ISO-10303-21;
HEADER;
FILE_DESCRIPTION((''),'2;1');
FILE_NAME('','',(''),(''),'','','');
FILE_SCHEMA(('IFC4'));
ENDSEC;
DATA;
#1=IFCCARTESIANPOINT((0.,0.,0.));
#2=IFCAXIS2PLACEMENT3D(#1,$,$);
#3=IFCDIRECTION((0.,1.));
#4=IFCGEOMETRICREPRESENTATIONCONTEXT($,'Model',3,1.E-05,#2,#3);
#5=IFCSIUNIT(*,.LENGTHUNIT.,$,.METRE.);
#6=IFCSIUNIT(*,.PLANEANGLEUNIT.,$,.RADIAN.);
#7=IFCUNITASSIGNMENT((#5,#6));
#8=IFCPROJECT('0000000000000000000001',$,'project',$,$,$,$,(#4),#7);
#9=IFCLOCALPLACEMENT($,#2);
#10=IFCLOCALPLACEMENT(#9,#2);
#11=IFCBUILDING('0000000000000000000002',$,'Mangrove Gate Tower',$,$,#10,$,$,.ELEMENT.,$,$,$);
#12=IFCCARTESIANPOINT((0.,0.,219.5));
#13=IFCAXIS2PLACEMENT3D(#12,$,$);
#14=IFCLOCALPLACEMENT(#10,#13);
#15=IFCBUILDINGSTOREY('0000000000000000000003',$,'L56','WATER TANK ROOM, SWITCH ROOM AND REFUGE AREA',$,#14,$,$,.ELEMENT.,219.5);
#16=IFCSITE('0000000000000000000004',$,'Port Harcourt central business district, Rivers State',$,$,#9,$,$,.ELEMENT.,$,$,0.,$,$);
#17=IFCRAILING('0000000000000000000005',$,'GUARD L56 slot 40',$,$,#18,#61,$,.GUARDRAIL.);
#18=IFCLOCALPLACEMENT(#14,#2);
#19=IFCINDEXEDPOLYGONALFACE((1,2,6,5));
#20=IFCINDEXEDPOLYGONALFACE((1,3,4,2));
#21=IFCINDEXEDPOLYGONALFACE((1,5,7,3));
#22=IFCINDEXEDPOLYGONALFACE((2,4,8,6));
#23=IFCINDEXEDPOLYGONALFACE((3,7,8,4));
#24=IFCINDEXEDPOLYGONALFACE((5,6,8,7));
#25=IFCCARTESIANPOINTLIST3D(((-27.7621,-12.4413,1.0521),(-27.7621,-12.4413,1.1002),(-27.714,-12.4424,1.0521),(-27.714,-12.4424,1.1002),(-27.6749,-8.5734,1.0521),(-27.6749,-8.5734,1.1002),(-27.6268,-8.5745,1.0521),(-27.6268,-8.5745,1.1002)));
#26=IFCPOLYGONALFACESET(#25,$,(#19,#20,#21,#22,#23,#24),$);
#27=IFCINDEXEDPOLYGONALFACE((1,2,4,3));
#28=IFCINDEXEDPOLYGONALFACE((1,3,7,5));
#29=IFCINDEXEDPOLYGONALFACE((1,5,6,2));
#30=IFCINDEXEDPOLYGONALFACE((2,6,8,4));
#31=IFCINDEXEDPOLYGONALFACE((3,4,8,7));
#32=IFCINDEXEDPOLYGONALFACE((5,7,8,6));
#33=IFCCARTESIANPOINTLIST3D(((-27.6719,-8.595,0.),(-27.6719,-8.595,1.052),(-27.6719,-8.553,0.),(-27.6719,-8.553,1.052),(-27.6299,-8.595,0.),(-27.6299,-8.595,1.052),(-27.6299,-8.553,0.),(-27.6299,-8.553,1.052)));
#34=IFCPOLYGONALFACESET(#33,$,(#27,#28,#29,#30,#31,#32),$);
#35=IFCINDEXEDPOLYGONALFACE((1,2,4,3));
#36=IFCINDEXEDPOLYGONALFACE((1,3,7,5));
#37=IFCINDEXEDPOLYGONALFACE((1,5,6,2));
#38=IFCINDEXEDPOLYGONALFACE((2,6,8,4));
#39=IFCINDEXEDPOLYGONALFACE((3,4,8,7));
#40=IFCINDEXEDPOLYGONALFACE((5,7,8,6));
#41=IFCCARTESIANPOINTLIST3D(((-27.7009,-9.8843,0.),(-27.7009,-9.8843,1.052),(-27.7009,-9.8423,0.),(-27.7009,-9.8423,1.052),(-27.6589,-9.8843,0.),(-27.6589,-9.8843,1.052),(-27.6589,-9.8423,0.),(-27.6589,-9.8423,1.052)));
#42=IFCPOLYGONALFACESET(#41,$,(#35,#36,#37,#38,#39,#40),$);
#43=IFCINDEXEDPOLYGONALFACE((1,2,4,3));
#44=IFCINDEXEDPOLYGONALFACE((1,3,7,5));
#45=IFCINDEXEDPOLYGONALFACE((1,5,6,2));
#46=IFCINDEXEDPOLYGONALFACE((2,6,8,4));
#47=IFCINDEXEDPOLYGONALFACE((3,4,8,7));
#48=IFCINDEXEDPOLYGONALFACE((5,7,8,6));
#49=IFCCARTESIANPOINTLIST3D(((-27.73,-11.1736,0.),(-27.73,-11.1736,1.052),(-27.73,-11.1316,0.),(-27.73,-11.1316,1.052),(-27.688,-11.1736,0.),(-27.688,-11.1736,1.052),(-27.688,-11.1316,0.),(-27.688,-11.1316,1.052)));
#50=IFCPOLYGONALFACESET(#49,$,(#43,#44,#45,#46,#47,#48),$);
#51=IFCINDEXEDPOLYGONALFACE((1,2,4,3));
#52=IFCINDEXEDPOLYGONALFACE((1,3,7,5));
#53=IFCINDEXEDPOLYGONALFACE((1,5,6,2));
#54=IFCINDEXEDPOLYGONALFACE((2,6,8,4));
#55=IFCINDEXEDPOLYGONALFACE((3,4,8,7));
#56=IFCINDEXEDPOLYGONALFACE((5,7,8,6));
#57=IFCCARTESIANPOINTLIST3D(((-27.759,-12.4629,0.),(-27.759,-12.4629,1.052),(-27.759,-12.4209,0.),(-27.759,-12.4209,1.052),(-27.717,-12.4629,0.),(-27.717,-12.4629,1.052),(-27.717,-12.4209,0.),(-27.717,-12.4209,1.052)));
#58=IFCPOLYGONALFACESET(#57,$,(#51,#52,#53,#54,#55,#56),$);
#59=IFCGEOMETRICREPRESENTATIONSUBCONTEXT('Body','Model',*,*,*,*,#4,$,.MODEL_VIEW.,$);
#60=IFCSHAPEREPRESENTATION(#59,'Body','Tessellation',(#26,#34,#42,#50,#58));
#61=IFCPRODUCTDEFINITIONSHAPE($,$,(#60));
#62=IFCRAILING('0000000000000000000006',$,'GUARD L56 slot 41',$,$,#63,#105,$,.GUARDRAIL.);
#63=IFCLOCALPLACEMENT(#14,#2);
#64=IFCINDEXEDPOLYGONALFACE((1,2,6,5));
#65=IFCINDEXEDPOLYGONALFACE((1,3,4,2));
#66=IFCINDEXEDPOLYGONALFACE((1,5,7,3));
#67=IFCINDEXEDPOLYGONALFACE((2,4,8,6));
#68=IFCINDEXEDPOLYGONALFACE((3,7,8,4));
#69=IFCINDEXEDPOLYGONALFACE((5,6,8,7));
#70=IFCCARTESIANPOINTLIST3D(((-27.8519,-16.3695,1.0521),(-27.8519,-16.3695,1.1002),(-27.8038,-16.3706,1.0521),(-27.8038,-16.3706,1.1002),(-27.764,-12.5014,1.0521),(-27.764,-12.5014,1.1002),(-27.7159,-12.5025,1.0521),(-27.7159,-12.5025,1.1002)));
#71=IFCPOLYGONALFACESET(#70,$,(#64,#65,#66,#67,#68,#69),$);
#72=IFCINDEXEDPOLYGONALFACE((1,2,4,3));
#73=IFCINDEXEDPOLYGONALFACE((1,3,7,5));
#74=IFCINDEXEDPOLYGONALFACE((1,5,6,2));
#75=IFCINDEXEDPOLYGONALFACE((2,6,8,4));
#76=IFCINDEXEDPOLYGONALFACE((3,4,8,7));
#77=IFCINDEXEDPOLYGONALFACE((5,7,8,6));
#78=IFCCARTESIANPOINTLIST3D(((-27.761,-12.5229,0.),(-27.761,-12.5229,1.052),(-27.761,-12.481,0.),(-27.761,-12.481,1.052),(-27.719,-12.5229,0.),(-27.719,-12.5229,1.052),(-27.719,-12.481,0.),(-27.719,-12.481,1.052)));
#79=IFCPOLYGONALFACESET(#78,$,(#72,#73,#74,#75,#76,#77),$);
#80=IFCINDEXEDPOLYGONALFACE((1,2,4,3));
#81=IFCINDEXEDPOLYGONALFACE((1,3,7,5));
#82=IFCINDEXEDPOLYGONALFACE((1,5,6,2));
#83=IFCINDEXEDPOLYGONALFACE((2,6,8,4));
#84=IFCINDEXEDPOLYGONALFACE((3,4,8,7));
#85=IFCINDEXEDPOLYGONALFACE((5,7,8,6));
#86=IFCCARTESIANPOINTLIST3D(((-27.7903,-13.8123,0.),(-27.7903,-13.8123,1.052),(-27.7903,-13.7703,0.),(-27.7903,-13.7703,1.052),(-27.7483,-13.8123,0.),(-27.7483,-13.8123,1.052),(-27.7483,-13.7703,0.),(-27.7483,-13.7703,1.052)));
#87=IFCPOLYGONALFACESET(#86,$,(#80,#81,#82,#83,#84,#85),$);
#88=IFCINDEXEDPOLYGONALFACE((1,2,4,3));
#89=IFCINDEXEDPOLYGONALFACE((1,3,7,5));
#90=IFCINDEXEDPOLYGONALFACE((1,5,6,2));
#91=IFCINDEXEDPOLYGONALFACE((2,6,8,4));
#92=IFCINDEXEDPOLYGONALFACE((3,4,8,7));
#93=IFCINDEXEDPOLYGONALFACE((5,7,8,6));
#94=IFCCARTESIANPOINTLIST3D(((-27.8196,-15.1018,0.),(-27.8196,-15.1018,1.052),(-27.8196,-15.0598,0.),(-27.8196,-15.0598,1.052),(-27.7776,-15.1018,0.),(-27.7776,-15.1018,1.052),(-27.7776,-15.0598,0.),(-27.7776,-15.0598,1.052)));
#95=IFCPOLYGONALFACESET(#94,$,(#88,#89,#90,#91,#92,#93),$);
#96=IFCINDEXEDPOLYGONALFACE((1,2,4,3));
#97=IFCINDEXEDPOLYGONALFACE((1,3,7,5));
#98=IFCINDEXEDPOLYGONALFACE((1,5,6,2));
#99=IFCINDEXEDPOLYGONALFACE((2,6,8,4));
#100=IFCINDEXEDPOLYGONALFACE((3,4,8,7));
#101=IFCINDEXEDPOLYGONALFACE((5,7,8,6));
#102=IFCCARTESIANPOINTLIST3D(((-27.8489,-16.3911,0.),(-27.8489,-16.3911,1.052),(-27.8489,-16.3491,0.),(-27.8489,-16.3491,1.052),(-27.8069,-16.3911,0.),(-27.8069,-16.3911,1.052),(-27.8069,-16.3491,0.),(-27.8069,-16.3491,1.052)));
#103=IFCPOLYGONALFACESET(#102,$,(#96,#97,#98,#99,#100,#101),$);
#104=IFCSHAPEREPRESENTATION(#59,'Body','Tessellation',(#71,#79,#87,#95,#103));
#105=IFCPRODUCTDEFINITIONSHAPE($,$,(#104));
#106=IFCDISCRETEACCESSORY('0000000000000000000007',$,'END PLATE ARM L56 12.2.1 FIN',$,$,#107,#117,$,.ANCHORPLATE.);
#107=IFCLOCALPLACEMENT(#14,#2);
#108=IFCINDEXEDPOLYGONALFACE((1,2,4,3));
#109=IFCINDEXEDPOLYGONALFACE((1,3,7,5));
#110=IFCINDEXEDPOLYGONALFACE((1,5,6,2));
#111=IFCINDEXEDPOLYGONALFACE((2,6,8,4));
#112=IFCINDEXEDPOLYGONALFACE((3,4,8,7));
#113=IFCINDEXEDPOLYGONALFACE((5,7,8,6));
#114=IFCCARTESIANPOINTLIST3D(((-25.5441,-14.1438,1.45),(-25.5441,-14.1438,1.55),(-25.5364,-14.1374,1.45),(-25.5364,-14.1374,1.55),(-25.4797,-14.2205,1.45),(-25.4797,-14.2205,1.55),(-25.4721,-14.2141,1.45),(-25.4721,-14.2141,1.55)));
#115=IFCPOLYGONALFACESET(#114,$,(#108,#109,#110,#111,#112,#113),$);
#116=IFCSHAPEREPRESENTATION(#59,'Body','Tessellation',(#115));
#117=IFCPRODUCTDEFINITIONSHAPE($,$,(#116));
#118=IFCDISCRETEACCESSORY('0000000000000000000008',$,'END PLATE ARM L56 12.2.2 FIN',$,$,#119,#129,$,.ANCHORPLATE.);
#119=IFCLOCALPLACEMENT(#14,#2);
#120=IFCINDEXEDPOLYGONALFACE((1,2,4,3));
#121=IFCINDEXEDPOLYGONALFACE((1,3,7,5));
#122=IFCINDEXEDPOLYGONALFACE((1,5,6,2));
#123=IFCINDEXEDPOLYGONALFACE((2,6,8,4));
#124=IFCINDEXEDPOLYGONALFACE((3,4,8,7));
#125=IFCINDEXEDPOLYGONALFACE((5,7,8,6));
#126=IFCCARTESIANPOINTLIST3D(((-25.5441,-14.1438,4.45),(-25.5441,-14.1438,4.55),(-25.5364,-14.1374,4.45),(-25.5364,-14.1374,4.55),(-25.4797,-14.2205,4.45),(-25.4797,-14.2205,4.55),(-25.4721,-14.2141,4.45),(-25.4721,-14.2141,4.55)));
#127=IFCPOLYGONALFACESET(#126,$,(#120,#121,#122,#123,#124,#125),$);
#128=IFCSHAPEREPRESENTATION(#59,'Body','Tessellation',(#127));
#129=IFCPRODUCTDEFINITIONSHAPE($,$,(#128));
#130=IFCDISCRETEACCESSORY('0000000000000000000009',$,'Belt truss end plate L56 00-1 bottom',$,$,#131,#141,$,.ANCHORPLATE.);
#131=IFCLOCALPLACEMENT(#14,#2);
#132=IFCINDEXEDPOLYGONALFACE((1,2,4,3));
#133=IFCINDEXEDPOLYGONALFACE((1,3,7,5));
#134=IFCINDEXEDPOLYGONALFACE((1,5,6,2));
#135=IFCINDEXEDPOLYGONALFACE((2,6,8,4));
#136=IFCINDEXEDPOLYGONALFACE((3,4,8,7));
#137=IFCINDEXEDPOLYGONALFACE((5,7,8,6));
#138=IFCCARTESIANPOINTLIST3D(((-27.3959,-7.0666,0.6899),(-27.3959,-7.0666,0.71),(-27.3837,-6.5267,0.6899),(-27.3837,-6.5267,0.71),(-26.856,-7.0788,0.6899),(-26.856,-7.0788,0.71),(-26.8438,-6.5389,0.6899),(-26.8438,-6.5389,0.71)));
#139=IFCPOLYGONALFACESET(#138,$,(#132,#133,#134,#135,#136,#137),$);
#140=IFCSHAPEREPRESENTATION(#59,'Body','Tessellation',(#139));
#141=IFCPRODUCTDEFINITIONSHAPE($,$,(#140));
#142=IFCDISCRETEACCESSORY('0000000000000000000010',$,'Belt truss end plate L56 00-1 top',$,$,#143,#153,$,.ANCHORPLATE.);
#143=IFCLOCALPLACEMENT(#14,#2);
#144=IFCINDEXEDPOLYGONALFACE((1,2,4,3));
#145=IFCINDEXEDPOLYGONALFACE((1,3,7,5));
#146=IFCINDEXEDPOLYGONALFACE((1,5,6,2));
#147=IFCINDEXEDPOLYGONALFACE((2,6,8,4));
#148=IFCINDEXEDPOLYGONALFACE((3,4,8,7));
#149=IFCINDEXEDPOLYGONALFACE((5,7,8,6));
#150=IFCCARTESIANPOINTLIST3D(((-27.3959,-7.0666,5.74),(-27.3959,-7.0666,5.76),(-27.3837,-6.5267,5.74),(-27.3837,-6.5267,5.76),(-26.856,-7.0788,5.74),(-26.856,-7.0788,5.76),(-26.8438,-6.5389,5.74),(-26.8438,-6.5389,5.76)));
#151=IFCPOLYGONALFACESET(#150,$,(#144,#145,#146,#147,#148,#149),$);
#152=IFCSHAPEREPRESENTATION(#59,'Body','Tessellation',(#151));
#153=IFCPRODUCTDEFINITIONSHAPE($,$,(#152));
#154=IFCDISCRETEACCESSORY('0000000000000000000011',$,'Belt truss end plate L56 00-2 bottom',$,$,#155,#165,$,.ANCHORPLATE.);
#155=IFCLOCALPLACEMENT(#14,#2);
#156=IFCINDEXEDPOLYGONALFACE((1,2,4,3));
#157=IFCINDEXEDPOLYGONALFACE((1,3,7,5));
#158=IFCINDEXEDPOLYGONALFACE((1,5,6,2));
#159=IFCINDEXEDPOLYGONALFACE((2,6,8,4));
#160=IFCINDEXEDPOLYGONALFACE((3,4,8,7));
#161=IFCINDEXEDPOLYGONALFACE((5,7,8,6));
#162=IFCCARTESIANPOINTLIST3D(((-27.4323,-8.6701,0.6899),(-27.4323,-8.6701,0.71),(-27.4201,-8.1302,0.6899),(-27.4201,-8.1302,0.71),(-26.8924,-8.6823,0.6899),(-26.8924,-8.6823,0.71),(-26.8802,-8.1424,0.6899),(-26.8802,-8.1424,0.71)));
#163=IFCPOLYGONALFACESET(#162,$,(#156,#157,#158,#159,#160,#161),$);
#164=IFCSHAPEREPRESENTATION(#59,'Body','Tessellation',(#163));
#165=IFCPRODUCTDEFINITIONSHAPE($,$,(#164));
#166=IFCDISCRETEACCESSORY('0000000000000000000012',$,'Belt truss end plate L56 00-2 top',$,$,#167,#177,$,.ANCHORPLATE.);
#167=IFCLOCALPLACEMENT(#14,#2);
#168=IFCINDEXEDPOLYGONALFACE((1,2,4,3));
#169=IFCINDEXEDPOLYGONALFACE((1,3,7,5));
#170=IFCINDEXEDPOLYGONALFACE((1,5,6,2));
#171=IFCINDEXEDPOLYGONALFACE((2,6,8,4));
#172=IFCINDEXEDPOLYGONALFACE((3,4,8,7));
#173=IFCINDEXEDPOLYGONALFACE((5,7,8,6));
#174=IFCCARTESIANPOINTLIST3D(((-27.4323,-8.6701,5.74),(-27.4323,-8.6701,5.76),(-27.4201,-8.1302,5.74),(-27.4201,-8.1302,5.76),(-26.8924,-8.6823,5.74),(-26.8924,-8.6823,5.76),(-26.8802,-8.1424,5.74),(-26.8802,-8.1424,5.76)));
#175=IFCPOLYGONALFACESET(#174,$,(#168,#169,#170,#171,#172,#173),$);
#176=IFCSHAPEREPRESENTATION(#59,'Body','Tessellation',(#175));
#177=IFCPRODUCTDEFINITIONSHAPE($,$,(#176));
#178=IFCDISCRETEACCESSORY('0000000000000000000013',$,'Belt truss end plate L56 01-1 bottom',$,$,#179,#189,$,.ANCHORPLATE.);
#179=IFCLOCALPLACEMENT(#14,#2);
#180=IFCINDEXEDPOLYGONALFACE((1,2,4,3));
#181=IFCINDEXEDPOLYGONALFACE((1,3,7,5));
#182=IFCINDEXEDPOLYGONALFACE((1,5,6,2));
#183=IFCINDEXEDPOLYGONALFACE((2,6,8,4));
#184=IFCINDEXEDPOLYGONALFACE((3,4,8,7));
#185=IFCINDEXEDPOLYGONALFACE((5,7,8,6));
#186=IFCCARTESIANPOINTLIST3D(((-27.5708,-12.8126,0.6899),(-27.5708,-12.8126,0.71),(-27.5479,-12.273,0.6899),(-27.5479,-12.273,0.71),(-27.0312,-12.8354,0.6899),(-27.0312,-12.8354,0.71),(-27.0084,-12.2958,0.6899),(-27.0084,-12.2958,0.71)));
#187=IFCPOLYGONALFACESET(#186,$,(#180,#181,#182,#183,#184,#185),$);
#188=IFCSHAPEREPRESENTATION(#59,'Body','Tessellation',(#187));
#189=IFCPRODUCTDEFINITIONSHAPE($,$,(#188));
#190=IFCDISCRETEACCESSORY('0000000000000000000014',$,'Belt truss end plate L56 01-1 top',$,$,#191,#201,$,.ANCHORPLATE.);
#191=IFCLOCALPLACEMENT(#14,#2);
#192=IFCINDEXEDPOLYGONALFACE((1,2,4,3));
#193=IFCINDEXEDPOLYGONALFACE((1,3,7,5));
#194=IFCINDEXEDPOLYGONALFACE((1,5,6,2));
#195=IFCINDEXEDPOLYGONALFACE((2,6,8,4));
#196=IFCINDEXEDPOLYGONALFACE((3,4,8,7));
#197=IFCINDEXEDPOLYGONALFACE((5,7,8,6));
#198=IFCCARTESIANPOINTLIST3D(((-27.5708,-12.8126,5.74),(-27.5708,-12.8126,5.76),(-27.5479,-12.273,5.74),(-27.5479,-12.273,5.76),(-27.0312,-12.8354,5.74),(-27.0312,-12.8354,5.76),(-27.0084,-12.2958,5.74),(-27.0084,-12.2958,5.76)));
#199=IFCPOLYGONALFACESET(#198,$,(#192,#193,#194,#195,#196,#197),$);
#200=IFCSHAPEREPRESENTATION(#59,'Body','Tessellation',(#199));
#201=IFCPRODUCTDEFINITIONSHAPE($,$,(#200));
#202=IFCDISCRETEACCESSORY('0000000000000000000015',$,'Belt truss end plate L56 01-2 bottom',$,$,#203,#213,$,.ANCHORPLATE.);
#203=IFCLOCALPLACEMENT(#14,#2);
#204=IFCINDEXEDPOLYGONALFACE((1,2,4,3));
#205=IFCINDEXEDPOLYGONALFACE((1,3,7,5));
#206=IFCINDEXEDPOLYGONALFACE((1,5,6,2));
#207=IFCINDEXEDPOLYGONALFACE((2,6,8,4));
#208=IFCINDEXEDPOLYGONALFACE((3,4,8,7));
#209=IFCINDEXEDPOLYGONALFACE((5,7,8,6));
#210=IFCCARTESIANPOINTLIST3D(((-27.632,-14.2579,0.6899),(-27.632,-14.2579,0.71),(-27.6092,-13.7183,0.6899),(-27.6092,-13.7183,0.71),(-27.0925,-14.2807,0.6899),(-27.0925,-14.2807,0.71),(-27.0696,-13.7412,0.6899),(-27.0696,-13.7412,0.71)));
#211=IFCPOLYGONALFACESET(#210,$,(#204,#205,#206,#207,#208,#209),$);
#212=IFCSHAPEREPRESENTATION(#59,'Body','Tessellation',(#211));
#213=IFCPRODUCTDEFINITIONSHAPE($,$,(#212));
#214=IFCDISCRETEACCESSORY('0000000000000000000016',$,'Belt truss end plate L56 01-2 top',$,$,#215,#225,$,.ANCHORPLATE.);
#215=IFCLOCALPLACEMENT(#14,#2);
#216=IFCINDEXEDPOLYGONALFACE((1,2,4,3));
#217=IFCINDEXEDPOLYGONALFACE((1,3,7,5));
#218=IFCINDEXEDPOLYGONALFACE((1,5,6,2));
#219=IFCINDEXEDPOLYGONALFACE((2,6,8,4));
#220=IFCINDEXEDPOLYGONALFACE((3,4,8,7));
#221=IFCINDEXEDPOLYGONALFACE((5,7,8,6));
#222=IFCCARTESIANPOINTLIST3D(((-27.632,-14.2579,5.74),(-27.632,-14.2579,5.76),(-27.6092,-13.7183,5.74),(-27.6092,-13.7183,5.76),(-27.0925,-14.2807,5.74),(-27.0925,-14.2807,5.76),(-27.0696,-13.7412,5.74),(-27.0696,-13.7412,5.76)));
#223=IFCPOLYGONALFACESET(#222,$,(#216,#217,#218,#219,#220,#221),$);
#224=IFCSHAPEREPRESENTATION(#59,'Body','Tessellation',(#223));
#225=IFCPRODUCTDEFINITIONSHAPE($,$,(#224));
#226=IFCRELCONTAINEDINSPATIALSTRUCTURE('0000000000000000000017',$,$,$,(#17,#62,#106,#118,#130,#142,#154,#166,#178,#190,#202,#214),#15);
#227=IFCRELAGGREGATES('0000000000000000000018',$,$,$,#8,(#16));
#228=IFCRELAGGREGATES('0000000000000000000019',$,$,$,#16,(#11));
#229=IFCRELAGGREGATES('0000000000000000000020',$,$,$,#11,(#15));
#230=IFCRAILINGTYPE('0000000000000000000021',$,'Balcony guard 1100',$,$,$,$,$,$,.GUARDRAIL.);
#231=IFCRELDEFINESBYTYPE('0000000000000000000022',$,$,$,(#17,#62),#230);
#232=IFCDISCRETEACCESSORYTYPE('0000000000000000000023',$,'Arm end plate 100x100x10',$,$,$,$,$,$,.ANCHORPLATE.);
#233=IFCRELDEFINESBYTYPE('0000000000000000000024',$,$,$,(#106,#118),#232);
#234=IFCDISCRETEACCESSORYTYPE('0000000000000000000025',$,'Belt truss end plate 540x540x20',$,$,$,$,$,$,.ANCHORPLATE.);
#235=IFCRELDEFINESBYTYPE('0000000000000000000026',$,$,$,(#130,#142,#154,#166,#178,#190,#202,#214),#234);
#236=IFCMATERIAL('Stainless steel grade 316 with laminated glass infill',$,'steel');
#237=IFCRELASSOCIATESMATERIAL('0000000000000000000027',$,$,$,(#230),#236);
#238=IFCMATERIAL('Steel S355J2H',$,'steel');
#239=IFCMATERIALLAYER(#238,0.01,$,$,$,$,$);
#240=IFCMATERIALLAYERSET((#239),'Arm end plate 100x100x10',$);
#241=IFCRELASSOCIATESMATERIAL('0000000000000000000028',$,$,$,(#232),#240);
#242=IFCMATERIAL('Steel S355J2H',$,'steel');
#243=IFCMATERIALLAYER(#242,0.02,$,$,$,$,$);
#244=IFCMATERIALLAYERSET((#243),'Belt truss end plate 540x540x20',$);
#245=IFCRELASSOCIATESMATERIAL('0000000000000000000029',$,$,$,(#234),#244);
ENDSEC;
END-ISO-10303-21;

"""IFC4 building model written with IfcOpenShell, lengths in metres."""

from ifc_helpers import new_model, si_unit, direction, frame, origin, origin_2d, place, context, subcontext, project, spatial, rectangle, extrude, material, layer, layer_set, type_object, element, save


model = new_model("IFC4")

# Units and contexts
model_context = context("Model", 3, precision=1e-05, world=origin(), true_north=direction((0.0, 1.0)))
body_context = subcontext(model_context, "Body", "Model", "MODEL_VIEW")
ifc_project = project(units=[si_unit("LENGTHUNIT", "METRE"), si_unit("PLANEANGLEUNIT", "RADIAN")], contexts=[model_context])

# Site, building, storey
site_placement = place(None, origin())
site = spatial("IfcSite", under=ifc_project, at=site_placement, Name="Port Harcourt central business district, Rivers State", CompositionType="ELEMENT", RefElevation=0.0)
building_placement = place(site_placement, origin())
building = spatial("IfcBuilding", under=site, at=building_placement, Name="Mangrove Gate Tower", CompositionType="ELEMENT")
storey_placement = place(building_placement, frame((0.0, 0.0, 219.5)))
storey = spatial("IfcBuildingStorey", under=building, at=storey_placement, Name="L56", Description="WATER TANK ROOM, SWITCH ROOM AND REFUGE AREA", CompositionType="ELEMENT", Elevation=219.5)

# Railings
ifc_material_1 = material(Name="Stainless steel grade 316 with laminated glass infill", Category="steel")
railing_type = type_object("IfcRailingType", Name="Balcony guard 1100", PredefinedType="GUARDRAIL", material=ifc_material_1)
railing_1_placement = place(storey_placement, frame((-27.6509, -8.574, 0.0)))
element("IfcRailing", 1, at=railing_1_placement, inside=storey, type_object=railing_type, Name="GUARD L56 slot 40", PredefinedType="GUARDRAIL", context=body_context, shape_type="SweptSolid", body=[
    extrude(rectangle(XDim=0.0481, YDim=0.0481, at=origin_2d()), frame((0.0, 0.0, 1.0762), z_axis=(-0.022528, -0.999746, 0.0), x_axis=(0.999746, -0.022528, 0.0)), (0.0, 0.0, 1.0), 3.8689),
    extrude(rectangle(XDim=0.042, YDim=0.042, at=origin_2d()), origin(), (0.0, 0.0, 1.0), 1.052),
    extrude(rectangle(XDim=0.042, YDim=0.042, at=origin_2d()), frame((-0.0291, -1.2893, 0.0)), (0.0, 0.0, 1.0), 1.052),
    extrude(rectangle(XDim=0.042, YDim=0.042, at=origin_2d()), frame((-0.0581, -2.5786, 0.0)), (0.0, 0.0, 1.0), 1.052),
    extrude(rectangle(XDim=0.042, YDim=0.042, at=origin_2d()), frame((-0.0872, -3.8679, 0.0)), (0.0, 0.0, 1.0), 1.052),
])
railing_2_placement = place(storey_placement, frame((-27.74, -12.502, 0.0)))
element("IfcRailing", 2, at=railing_2_placement, inside=storey, type_object=railing_type, Name="GUARD L56 slot 41", PredefinedType="GUARDRAIL", context=body_context, shape_type="SweptSolid", body=[
    extrude(rectangle(XDim=0.0481, YDim=0.0481, at=origin_2d()), frame((0.0, 0.0, 1.0762), z_axis=(-0.022716, -0.999742, 0.0), x_axis=(0.999742, -0.022716, 0.0)), (0.0, 0.0, 1.0), 3.8691),
    extrude(rectangle(XDim=0.042, YDim=0.042, at=origin_2d()), origin(), (0.0, 0.0, 1.0), 1.052),
    extrude(rectangle(XDim=0.042, YDim=0.042, at=origin_2d()), frame((-0.0293, -1.2893, 0.0)), (0.0, 0.0, 1.0), 1.052),
    extrude(rectangle(XDim=0.042, YDim=0.042, at=origin_2d()), frame((-0.0586, -2.5789, 0.0)), (0.0, 0.0, 1.0), 1.052),
    extrude(rectangle(XDim=0.042, YDim=0.042, at=origin_2d()), frame((-0.0879, -3.8682, 0.0)), (0.0, 0.0, 1.0), 1.052),
])

# Discrete accessories
ifc_material_2 = material(Name="Steel S355J2H", Category="steel")
ifc_layer_1 = layer(ifc_material_2, 0.01)
ifc_layer_set_1 = layer_set([ifc_layer_1], Name="Arm end plate 100x100x10")
discrete_accessory_type_1 = type_object("IfcDiscreteAccessoryType", Name="Arm end plate 100x100x10", PredefinedType="ANCHORPLATE", material=ifc_layer_set_1)
for number, where, z_axis, x_axis, name in (
    (3, (-25.5081, -14.179, 1.45), (0.0, 0.0, 1.0), (-0.766044, -0.642788, 0.0), "END PLATE ARM L56 12.2.1 FIN"),
    (4, (-25.5081, -14.179, 4.45), (0.0, 0.0, 1.0), (-0.766044, -0.642788, 0.0), "END PLATE ARM L56 12.2.2 FIN"),
):
    element("IfcDiscreteAccessory", number, at=place(storey_placement, frame(where, z_axis=z_axis, x_axis=x_axis)), inside=storey, type_object=discrete_accessory_type_1, Name=name, PredefinedType="ANCHORPLATE", context=body_context, shape_type="SweptSolid", body=[
        extrude(rectangle(XDim=0.01, YDim=0.1001, at=origin_2d()), origin(), (0.0, 0.0, 1.0), 0.1001),
    ])
ifc_material_3 = material(Name="Steel S355J2H", Category="steel")
ifc_layer_2 = layer(ifc_material_3, 0.02)
ifc_layer_set_2 = layer_set([ifc_layer_2], Name="Belt truss end plate 540x540x20")
discrete_accessory_type_2 = type_object("IfcDiscreteAccessoryType", Name="Belt truss end plate 540x540x20", PredefinedType="ANCHORPLATE", material=ifc_layer_set_2)
for number, where, z_axis, x_axis, name in (
    (5, (-27.1199, -6.8027, 0.6899), (0.0, 0.0, 1.0), (-0.022668, -0.999743, 0.0), "Belt truss end plate L56 00-1 bottom"),
    (6, (-27.1199, -6.8027, 5.74), (0.0, 0.0, 1.0), (-0.022668, -0.999743, 0.0), "Belt truss end plate L56 00-1 top"),
    (7, (-27.1562, -8.4062, 0.6899), (0.0, 0.0, 1.0), (-0.022668, -0.999743, 0.0), "Belt truss end plate L56 00-2 bottom"),
    (8, (-27.1562, -8.4062, 5.74), (0.0, 0.0, 1.0), (-0.022668, -0.999743, 0.0), "Belt truss end plate L56 00-2 top"),
    (9, (-27.2896, -12.5542, 0.6899), (0.0, 0.0, 1.0), (-0.042301, -0.999105, 0.0), "Belt truss end plate L56 01-1 bottom"),
    (10, (-27.2896, -12.5542, 5.74), (0.0, 0.0, 1.0), (-0.042301, -0.999105, 0.0), "Belt truss end plate L56 01-1 top"),
    (11, (-27.3508, -13.9995, 0.6899), (0.0, 0.0, 1.0), (-0.042301, -0.999105, 0.0), "Belt truss end plate L56 01-2 bottom"),
    (12, (-27.3508, -13.9995, 5.74), (0.0, 0.0, 1.0), (-0.042301, -0.999105, 0.0), "Belt truss end plate L56 01-2 top"),
):
    element("IfcDiscreteAccessory", number, at=place(storey_placement, frame(where, z_axis=z_axis, x_axis=x_axis)), inside=storey, type_object=discrete_accessory_type_2, Name=name, PredefinedType="ANCHORPLATE", context=body_context, shape_type="SweptSolid", body=[
        extrude(rectangle(XDim=0.54, YDim=0.54, at=origin_2d()), origin(), (0.0, 0.0, 1.0), 0.02),
    ])

save(model, "model.ifc")
